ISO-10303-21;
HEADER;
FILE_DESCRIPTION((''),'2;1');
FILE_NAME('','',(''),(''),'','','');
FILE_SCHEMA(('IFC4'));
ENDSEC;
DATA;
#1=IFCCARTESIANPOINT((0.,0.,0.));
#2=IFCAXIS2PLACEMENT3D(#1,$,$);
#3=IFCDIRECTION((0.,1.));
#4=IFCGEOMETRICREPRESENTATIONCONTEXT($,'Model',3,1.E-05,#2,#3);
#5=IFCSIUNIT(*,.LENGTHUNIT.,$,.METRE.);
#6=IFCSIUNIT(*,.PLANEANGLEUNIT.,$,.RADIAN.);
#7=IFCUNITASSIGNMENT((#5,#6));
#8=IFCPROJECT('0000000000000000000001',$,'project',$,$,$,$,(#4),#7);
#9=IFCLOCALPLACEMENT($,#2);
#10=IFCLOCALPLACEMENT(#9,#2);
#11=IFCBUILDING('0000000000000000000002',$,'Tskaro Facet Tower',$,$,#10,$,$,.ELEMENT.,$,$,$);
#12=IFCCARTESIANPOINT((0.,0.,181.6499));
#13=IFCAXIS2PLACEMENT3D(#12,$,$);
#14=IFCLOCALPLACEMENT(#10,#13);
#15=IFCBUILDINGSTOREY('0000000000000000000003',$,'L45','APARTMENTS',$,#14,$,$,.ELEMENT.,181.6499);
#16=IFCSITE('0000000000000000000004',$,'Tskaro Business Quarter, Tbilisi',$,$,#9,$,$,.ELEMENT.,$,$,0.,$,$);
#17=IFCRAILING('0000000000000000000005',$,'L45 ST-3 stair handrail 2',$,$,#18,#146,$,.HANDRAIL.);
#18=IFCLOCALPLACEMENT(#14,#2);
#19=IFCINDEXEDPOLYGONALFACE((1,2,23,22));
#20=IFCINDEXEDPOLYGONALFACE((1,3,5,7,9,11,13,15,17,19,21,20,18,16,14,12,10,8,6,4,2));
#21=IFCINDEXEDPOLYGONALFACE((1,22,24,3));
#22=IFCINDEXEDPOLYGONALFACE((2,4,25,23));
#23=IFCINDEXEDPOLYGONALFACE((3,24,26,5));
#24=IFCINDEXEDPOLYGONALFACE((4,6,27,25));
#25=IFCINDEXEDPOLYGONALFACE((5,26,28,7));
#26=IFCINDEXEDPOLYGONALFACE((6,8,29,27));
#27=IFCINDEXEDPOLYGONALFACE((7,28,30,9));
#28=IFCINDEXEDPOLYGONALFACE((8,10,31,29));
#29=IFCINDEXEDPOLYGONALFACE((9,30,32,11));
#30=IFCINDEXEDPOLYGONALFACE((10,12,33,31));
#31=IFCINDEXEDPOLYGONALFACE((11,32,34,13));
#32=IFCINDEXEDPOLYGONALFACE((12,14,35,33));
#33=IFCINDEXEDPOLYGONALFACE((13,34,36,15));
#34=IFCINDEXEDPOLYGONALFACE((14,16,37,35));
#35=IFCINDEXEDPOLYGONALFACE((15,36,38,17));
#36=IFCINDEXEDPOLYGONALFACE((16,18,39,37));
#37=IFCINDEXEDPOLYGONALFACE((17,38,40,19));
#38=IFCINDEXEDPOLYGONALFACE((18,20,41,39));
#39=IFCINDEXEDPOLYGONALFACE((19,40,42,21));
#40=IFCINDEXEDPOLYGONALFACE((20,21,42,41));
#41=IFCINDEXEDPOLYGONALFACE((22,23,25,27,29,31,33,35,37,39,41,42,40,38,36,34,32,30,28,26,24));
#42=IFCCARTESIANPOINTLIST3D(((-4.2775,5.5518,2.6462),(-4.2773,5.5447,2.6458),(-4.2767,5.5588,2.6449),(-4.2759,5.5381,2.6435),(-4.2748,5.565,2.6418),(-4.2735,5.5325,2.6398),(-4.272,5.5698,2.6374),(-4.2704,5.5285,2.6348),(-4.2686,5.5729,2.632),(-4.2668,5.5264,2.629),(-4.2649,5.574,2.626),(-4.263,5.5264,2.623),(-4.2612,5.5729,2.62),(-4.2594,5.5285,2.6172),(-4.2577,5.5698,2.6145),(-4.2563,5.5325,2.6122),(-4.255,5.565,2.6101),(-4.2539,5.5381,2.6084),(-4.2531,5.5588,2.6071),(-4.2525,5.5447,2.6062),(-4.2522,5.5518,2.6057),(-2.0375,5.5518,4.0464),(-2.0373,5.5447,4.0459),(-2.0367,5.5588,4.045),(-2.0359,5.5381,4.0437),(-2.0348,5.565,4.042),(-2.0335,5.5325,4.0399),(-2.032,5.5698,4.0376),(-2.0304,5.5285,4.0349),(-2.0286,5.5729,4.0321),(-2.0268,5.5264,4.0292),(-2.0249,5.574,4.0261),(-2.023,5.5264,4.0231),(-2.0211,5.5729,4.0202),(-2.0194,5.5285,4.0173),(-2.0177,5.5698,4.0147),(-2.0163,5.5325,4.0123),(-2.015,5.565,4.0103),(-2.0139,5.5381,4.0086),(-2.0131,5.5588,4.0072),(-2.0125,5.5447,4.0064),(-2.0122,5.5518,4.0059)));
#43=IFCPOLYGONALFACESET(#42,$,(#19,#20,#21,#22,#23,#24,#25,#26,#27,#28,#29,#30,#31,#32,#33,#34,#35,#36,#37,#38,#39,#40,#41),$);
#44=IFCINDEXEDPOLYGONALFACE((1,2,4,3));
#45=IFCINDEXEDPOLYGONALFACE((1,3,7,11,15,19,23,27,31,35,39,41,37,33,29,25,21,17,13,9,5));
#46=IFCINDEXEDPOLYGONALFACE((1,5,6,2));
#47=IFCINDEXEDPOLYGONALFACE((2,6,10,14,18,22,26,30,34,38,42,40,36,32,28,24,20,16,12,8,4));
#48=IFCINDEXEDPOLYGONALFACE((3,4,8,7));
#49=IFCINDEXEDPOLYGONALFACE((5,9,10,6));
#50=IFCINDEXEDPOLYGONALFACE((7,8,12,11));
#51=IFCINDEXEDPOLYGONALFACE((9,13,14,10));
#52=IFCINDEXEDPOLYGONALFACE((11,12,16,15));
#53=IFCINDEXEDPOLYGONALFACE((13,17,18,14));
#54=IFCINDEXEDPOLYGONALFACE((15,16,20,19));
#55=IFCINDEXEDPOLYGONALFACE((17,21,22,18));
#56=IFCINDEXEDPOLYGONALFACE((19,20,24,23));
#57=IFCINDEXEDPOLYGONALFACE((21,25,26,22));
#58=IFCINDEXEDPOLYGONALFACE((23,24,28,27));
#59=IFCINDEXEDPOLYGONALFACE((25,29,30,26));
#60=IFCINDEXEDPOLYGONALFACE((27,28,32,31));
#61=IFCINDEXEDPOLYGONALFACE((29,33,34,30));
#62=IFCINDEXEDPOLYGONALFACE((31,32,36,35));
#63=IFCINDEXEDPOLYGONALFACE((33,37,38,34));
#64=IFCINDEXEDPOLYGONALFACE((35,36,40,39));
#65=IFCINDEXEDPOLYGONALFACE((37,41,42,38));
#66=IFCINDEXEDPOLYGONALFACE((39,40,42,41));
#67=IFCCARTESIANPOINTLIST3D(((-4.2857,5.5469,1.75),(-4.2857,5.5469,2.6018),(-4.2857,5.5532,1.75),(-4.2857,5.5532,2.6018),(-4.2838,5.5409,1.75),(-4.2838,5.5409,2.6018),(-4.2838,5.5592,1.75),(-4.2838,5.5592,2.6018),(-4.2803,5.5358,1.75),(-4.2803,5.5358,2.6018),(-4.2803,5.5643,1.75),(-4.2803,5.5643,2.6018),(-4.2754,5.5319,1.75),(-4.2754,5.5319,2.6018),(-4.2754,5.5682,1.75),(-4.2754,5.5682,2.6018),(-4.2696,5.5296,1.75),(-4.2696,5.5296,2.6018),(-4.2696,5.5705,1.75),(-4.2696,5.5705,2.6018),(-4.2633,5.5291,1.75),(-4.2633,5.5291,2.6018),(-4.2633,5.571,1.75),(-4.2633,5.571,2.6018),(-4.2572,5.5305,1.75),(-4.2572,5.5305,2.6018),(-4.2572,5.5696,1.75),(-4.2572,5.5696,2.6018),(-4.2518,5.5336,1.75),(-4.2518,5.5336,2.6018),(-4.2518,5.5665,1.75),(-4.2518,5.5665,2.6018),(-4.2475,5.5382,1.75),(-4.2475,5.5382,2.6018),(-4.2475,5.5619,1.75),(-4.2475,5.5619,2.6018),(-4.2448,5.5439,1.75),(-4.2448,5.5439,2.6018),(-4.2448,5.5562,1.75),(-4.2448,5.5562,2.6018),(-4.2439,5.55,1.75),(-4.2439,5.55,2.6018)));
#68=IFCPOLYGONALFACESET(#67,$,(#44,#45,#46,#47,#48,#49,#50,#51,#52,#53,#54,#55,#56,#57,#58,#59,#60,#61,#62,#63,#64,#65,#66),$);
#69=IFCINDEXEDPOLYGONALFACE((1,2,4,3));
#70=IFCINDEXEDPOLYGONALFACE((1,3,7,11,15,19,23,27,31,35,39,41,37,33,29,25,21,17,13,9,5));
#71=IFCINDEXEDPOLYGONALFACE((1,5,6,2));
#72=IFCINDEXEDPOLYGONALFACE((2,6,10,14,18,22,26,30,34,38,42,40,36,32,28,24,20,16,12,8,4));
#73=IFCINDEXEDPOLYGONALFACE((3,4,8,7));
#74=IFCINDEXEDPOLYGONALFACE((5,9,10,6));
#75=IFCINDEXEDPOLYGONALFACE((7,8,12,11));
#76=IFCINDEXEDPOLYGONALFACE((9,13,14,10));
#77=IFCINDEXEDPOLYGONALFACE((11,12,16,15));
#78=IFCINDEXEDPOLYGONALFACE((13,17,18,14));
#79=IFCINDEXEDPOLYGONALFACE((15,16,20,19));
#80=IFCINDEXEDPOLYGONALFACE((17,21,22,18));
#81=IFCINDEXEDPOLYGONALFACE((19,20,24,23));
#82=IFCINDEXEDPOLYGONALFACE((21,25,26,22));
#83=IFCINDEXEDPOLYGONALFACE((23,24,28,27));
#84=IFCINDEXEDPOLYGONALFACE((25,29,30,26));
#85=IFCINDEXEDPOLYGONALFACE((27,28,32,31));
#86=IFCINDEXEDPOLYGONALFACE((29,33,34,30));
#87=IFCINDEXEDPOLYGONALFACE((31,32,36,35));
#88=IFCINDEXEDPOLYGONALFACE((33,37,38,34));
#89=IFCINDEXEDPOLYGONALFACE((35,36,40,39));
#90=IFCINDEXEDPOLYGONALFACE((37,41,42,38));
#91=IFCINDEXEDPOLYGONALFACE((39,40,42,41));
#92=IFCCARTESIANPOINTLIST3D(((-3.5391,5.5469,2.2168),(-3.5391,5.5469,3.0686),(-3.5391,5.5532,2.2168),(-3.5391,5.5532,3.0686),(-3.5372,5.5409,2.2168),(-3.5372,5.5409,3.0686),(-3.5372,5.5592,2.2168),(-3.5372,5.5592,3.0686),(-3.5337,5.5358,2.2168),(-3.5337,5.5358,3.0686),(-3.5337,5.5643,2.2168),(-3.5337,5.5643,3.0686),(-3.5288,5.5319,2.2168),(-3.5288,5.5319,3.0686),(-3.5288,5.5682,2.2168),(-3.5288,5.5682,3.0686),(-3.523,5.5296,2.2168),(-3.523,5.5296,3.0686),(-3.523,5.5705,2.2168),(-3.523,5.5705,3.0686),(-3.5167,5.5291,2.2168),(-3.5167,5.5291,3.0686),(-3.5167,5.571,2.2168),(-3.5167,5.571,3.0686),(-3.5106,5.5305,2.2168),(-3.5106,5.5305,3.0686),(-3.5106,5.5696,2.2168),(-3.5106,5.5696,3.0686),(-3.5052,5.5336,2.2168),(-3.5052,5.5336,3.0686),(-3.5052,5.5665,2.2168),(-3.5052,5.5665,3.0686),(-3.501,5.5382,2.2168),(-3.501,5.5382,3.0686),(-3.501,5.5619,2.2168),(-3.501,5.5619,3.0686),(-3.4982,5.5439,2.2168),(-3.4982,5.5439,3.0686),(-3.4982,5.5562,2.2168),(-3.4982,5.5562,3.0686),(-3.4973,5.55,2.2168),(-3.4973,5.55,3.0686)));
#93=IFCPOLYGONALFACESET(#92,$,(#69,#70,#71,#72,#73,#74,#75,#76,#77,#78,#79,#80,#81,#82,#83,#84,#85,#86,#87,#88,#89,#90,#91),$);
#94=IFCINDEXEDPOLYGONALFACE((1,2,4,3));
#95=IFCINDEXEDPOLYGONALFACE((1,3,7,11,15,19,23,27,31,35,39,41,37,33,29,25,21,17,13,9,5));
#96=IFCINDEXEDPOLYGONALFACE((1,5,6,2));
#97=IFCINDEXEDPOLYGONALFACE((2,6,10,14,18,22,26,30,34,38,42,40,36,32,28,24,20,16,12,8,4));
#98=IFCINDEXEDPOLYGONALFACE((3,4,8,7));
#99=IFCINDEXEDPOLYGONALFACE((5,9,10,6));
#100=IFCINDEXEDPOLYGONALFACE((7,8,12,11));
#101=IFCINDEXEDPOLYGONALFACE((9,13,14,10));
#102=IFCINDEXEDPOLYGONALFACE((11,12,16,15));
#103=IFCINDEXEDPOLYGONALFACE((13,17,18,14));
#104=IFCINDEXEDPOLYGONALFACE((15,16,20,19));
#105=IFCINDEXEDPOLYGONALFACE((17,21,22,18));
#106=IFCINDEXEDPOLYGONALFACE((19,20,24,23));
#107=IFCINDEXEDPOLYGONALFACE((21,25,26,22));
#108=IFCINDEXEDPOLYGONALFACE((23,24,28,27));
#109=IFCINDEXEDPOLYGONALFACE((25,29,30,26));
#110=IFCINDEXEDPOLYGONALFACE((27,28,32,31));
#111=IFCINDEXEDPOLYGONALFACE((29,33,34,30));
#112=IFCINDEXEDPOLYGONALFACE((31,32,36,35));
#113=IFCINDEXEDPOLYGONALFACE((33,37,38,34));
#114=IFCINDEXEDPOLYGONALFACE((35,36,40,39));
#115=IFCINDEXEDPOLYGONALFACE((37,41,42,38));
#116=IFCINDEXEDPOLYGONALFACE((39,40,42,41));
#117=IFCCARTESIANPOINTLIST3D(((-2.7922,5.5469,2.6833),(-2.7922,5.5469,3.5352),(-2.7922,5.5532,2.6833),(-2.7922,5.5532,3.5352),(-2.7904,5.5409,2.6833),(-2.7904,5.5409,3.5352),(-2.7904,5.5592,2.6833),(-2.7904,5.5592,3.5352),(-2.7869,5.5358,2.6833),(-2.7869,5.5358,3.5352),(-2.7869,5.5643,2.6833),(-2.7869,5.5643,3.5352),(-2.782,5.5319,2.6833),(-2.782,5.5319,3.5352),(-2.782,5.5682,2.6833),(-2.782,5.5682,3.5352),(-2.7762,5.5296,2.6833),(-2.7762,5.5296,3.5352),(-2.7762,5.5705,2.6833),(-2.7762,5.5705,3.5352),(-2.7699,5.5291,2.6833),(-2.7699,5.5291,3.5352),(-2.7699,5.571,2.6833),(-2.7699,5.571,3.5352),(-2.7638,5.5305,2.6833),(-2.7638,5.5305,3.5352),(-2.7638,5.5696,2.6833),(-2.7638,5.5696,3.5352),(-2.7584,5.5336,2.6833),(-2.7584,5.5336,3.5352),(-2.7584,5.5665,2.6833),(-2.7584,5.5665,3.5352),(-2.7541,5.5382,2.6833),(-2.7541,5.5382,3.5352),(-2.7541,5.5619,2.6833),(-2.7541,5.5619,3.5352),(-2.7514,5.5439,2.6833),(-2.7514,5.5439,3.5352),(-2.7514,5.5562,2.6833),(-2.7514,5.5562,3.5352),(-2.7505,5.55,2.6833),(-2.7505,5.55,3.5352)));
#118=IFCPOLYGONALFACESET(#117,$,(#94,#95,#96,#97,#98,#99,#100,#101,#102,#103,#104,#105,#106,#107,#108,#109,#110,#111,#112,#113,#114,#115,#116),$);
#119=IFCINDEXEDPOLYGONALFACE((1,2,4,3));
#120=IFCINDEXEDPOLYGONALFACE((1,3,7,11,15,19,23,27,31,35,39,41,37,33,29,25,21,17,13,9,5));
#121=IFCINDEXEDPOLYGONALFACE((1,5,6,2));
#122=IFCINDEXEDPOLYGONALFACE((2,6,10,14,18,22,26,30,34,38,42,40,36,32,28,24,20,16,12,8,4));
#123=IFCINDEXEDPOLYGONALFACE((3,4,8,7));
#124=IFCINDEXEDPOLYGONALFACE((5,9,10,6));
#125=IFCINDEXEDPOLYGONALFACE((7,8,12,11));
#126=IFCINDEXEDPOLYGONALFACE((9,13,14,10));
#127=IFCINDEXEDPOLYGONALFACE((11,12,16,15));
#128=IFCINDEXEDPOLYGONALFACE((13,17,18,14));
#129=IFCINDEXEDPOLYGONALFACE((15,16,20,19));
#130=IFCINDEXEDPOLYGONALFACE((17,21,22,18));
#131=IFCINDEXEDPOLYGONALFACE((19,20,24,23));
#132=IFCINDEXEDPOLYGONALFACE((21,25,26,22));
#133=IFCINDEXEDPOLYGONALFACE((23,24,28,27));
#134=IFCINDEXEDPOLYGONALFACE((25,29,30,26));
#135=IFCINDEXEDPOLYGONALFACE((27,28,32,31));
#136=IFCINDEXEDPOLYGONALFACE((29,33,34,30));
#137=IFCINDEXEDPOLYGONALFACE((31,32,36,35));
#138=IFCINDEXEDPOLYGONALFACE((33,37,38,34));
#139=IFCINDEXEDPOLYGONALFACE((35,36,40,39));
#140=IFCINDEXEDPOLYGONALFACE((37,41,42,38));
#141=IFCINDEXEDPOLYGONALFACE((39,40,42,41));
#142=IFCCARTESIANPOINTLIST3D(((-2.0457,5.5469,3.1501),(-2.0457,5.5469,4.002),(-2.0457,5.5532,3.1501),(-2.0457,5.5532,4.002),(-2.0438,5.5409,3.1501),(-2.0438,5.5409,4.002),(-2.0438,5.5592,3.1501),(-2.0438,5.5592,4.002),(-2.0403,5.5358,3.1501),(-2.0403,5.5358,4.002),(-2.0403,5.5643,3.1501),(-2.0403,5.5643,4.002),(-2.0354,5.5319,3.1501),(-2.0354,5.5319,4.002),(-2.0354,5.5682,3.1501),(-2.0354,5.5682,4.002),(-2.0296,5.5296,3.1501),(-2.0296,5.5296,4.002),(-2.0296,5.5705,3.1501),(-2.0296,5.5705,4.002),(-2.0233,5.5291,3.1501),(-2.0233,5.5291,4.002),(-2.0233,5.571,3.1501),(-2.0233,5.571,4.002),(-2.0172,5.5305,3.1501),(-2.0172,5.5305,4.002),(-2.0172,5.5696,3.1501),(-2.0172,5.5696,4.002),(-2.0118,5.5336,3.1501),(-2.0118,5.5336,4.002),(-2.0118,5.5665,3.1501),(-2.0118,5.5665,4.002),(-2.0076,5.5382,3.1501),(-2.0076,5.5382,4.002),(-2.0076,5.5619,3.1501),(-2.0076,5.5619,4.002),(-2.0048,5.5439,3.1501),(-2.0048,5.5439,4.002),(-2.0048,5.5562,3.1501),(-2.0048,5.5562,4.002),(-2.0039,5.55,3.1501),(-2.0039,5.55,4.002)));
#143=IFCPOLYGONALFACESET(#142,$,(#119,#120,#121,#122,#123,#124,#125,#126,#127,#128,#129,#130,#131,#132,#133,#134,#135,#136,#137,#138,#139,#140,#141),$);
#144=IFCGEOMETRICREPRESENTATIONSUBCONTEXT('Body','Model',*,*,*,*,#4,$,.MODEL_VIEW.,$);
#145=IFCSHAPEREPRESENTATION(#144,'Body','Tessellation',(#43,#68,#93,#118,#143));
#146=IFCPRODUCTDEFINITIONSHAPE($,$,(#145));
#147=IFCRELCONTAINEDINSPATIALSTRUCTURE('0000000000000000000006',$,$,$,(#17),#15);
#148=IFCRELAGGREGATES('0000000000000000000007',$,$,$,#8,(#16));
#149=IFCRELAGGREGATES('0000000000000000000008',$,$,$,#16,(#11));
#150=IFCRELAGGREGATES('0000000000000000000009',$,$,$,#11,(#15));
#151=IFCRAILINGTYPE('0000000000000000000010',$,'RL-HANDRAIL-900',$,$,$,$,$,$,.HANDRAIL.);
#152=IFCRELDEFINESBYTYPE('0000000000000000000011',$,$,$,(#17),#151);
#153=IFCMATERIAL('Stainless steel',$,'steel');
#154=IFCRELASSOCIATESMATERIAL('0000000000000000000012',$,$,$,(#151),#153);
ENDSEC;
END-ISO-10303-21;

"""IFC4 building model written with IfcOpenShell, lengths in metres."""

from ifc_helpers import new_model, si_unit, direction, frame, origin, origin_2d, place, context, subcontext, project, spatial, circle, extrude, material, type_object, element, save


model = new_model("IFC4")

# Units and contexts
model_context = context("Model", 3, precision=1e-05, world=origin(), true_north=direction((0.0, 1.0)))
body_context = subcontext(model_context, "Body", "Model", "MODEL_VIEW")
ifc_project = project(units=[si_unit("LENGTHUNIT", "METRE"), si_unit("PLANEANGLEUNIT", "RADIAN")], contexts=[model_context])

# Site, building, storey
site_placement = place(None, origin())
site = spatial("IfcSite", under=ifc_project, at=site_placement, Name="Tskaro Business Quarter, Tbilisi", CompositionType="ELEMENT", RefElevation=0.0)
building_placement = place(site_placement, origin())
building = spatial("IfcBuilding", under=site, at=building_placement, Name="Tskaro Facet Tower", CompositionType="ELEMENT")
storey_placement = place(building_placement, frame((0.0, 0.0, 181.6499)))
storey = spatial("IfcBuildingStorey", under=building, at=storey_placement, Name="L45", Description="APARTMENTS", CompositionType="ELEMENT", Elevation=181.6499)

# Railing
ifc_material_1 = material(Name="Stainless steel", Category="steel")
railing_type_1 = type_object("IfcRailingType", Name="RL-HANDRAIL-900", PredefinedType="HANDRAIL", material=ifc_material_1)
railing_1_placement = place(storey_placement, frame((-4.2649, 5.55, 1.75)))
element("IfcRailing", 1, at=railing_1_placement, inside=storey, type_object=railing_type_1, Name="L45 ST-3 stair handrail 2", PredefinedType="HANDRAIL", context=body_context, shape_type="SweptSolid", body=[
    extrude(circle(Radius=0.0239, at=origin_2d()), frame((0.0, 0.0, 0.876), z_axis=(0.847972, 0.0, 0.53004), x_axis=(0.0, 1.0, 0.0)), (0.0, 0.0, 1.0), 2.6416),
    extrude(circle(Radius=0.021, at=origin_2d()), origin(), (0.0, 0.0, 1.0), 0.8518),
    extrude(circle(Radius=0.021, at=origin_2d()), frame((0.7466, 0.0, 0.4668)), (0.0, 0.0, 1.0), 0.8518),
    extrude(circle(Radius=0.021, at=origin_2d()), frame((1.4934, 0.0, 0.9333)), (0.0, 0.0, 1.0), 0.8518),
    extrude(circle(Radius=0.021, at=origin_2d()), frame((2.24, 0.0, 1.4001)), (0.0, 0.0, 1.0), 0.8518),
])

save(model, "model.ifc")
